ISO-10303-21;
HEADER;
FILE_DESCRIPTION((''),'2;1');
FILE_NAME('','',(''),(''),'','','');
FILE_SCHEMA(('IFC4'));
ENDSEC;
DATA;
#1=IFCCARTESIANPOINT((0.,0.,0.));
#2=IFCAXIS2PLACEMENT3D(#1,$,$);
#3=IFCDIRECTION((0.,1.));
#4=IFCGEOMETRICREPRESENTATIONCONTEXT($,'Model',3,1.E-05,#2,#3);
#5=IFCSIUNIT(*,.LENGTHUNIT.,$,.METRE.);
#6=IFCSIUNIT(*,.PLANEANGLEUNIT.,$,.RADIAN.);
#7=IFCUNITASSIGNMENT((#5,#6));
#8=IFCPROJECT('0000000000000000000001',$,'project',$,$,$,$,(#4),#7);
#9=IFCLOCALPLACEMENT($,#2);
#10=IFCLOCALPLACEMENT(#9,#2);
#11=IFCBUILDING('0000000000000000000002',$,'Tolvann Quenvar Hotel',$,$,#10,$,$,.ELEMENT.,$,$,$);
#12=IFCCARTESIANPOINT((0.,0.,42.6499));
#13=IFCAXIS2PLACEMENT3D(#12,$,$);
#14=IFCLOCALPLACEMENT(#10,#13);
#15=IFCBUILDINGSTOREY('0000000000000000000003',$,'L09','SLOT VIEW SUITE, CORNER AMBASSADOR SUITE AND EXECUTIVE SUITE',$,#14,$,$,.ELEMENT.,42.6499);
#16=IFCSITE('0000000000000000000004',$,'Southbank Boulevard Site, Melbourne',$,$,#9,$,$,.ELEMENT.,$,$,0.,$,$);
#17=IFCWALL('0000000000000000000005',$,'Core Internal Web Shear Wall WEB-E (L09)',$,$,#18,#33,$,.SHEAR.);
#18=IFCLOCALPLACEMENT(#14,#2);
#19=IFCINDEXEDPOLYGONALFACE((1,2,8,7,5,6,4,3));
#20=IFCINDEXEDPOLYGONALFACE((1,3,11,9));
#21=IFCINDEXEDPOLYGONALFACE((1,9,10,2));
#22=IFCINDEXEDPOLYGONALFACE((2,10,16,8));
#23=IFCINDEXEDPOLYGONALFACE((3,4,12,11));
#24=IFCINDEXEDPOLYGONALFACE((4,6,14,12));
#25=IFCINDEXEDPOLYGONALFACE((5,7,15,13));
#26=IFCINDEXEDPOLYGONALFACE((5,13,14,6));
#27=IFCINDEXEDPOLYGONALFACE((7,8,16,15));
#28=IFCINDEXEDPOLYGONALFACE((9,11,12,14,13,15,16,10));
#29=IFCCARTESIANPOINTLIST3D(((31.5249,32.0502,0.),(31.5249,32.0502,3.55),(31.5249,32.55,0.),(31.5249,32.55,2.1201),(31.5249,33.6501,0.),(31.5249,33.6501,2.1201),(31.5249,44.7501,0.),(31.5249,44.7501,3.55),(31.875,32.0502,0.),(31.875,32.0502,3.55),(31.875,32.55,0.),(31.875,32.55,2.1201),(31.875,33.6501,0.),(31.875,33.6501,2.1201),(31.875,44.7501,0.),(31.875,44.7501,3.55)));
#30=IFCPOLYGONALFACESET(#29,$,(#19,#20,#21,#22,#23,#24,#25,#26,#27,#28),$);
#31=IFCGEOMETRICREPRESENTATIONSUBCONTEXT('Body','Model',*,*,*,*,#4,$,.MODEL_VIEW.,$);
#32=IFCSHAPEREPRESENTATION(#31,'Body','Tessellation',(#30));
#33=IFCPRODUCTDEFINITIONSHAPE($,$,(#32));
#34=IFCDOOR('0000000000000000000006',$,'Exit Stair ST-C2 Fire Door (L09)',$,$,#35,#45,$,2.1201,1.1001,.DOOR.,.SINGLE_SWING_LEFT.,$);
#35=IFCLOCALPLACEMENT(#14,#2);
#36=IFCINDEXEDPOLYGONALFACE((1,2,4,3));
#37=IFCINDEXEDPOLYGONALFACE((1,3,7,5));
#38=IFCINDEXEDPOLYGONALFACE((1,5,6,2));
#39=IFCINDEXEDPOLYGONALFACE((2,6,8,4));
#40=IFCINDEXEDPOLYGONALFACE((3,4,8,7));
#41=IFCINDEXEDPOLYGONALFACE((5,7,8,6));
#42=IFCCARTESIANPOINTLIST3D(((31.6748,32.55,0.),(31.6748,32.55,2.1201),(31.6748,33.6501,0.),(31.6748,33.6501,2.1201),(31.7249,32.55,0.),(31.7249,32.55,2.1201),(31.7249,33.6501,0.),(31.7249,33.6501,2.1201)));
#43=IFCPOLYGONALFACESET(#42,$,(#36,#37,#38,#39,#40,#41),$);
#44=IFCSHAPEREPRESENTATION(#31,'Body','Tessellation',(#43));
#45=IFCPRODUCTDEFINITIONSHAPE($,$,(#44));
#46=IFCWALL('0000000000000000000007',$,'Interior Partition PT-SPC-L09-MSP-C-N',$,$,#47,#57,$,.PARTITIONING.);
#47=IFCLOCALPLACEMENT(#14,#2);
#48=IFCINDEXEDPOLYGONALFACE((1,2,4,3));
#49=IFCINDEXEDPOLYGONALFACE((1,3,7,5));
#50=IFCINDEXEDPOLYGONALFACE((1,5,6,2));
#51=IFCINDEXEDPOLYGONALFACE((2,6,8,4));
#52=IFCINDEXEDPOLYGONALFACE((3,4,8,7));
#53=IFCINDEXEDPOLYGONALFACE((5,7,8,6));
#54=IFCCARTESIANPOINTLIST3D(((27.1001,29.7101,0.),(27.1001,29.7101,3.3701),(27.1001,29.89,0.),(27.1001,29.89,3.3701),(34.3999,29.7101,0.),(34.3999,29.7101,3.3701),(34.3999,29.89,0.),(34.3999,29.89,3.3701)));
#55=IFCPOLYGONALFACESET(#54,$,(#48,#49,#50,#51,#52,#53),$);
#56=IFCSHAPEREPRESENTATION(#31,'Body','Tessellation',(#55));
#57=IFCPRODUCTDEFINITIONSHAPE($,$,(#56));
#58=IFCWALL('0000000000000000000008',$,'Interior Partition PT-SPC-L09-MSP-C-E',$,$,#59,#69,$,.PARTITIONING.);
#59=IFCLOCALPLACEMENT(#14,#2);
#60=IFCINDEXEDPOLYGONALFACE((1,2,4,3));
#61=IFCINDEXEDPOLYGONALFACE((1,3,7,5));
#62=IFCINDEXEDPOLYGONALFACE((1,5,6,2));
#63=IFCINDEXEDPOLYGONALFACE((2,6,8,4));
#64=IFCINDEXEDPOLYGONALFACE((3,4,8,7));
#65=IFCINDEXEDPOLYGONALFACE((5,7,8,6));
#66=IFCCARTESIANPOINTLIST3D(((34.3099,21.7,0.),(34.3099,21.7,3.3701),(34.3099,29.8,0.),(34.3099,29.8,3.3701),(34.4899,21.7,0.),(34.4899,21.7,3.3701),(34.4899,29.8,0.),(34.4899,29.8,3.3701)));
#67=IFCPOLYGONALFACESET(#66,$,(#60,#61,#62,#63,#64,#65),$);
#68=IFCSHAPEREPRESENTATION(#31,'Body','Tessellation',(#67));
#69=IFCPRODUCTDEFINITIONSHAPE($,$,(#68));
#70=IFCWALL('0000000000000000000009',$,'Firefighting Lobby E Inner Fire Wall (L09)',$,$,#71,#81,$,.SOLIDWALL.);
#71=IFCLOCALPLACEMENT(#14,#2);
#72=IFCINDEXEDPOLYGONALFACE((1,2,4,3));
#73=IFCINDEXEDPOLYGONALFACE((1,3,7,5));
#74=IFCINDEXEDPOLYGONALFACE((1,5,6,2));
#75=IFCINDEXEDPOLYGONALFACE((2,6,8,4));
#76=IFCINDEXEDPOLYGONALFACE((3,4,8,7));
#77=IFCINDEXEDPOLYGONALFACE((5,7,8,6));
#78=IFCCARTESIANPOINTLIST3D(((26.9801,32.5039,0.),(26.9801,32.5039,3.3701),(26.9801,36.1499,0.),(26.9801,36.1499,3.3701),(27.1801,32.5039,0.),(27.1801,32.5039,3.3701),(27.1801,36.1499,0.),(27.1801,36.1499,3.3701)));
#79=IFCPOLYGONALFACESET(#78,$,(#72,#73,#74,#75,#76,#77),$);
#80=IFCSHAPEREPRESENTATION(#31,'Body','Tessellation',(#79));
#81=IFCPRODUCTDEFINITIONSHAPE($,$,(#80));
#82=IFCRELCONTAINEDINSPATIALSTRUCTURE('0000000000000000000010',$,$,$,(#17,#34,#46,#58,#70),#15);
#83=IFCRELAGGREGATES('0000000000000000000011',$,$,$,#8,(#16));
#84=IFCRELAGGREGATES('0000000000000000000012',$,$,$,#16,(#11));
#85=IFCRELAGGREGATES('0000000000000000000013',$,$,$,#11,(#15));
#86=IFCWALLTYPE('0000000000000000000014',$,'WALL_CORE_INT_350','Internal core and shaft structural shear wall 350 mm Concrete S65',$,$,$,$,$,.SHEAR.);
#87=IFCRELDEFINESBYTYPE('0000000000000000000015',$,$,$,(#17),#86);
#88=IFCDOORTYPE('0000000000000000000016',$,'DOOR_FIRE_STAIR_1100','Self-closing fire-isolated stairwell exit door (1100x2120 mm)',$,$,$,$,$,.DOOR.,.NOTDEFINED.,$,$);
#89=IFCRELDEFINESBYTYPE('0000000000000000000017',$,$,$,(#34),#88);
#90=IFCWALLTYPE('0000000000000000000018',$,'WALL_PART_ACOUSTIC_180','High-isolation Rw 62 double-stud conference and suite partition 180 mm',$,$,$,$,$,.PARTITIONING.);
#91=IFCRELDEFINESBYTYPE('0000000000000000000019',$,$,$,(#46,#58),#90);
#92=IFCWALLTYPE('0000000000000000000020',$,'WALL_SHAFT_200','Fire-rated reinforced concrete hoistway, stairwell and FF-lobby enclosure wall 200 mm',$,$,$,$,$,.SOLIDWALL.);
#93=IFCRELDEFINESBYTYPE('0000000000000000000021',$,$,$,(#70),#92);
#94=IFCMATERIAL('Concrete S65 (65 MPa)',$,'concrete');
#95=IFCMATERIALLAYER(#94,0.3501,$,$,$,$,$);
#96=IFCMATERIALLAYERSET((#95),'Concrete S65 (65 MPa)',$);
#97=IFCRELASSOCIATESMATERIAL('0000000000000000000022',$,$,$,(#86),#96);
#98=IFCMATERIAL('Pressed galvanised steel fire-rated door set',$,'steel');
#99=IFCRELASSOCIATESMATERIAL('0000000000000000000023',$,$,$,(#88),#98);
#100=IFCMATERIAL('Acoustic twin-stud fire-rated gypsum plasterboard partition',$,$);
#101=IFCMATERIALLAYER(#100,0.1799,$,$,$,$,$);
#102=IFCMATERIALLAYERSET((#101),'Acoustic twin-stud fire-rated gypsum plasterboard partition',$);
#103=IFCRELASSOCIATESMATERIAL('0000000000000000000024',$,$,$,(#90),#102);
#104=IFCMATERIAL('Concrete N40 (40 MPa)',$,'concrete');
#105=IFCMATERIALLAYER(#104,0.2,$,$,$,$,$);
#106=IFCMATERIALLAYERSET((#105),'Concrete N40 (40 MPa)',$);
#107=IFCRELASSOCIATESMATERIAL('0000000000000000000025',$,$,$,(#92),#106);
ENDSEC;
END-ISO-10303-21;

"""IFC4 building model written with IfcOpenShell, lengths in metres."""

from ifc_helpers import new_model, si_unit, direction, frame, frame_2d, origin, place, context, subcontext, project, spatial, rectangle, extrude, source, transform, mapped, material, layer, layer_set, type_object, type_shapes, element, fill, save


model = new_model("IFC4")

# Units and contexts
model_context = context("Model", 3, precision=1e-05, world=origin(), true_north=direction((0.0, 1.0)))
body_context = subcontext(model_context, "Body", "Model", "MODEL_VIEW")
ifc_project = project(units=[si_unit("LENGTHUNIT", "METRE"), si_unit("PLANEANGLEUNIT", "RADIAN")], contexts=[model_context])

# Site, building, storey
site_placement = place(None, origin())
site = spatial("IfcSite", under=ifc_project, at=site_placement, Name="Southbank Boulevard Site, Melbourne", CompositionType="ELEMENT", RefElevation=0.0)
building_placement = place(site_placement, origin())
building = spatial("IfcBuilding", under=site, at=building_placement, Name="Tolvann Quenvar Hotel", CompositionType="ELEMENT")
storey_placement = place(building_placement, frame((0.0, 0.0, 42.6499)))
storey = spatial("IfcBuildingStorey", under=building, at=storey_placement, Name="L09", Description="SLOT VIEW SUITE, CORNER AMBASSADOR SUITE AND EXECUTIVE SUITE", CompositionType="ELEMENT", Elevation=42.6499)

# Shared definitions
ifc_material_1 = material(Name="Concrete S65 (65 MPa)", Category="concrete")

# Wall, opening, door
ifc_layer_1 = layer(ifc_material_1, 0.3501)
ifc_layer_set_1 = layer_set([ifc_layer_1], Name="Concrete S65 (65 MPa)")
wall_type_1 = type_object("IfcWallType", Name="WALL_CORE_INT_350", Description="Internal core and shaft structural shear wall 350 mm Concrete S65", PredefinedType="SHEAR", material=ifc_layer_set_1)
wall_1_placement = place(storey_placement, frame((31.7, 32.05, 0.0), z_axis=(0.0, 0.0, 1.0), x_axis=(0.0, 1.0, 0.0)))
wall_1 = element("IfcWall", 1, at=wall_1_placement, inside=storey, type_object=wall_type_1, Name="Core Internal Web Shear Wall WEB-E (L09)", PredefinedType="SHEAR", context=body_context, shape_type="SweptSolid", body=[
    extrude(rectangle(XDim=12.7, YDim=0.3501, at=frame_2d((6.3501, 0.0))), origin(), (0.0, 0.0, 1.0), 3.55),
])
opening_1_placement = place(wall_1_placement, frame((1.6001, 0.0, 0.0), z_axis=(0.0, 0.0, 1.0), x_axis=(-1.0, 0.0, 0.0)))
opening_1 = element("IfcOpeningElement", 2, at=opening_1_placement, cuts=wall_1, PredefinedType="OPENING", context=body_context, shape_type="SweptSolid", body=[
    extrude(rectangle(XDim=1.1001, YDim=2.1201, at=frame_2d((0.55, 1.0601))), frame((0.0, 0.1851, 0.0), z_axis=(0.0, -1.0, 0.0), x_axis=(1.0, 0.0, 0.0)), (0.0, 0.0, 1.0), 0.3701),
])
ifc_material_2 = material(Name="Pressed galvanised steel fire-rated door set", Category="steel")
door_type_1 = type_object("IfcDoorType", Name="DOOR_FIRE_STAIR_1100", Description="Self-closing fire-isolated stairwell exit door (1100x2120 mm)", OperationType="NOTDEFINED", PredefinedType="DOOR", material=ifc_material_2)
shared_shape_1 = source(origin(), body_context, "Body", "SweptSolid", [
    extrude(rectangle(XDim=1.1001, YDim=2.1201, at=frame_2d((0.55, 1.0601))), frame((0.0, 0.0249, 0.0), z_axis=(0.0, -1.0, 0.0), x_axis=(1.0, 0.0, 0.0)), (0.0, 0.0, 1.0), 0.05),
])
type_shapes(door_type_1, [shared_shape_1])
door_1_placement = place(opening_1_placement, origin())
door_1 = element("IfcDoor", 3, at=door_1_placement, inside=storey, type_object=door_type_1, Name="Exit Stair ST-C2 Fire Door (L09)", OperationType="SINGLE_SWING_LEFT", OverallHeight=2.1201, OverallWidth=1.1001, PredefinedType="DOOR", context=body_context, shape_type="MappedRepresentation", body=[
    mapped(shared_shape_1, transform((0.0, 0.0, 0.0), x_axis=(1.0, 0.0, 0.0), y_axis=(0.0, 1.0, 0.0), z_axis=(0.0, 0.0, 1.0), scale=1.0)),
])
fill(opening_1, door_1)

# Walls
ifc_material_3 = material(Name="Acoustic twin-stud fire-rated gypsum plasterboard partition")
ifc_layer_2 = layer(ifc_material_3, 0.1799)
ifc_layer_set_2 = layer_set([ifc_layer_2], Name="Acoustic twin-stud fire-rated gypsum plasterboard partition")
wall_type_2 = type_object("IfcWallType", Name="WALL_PART_ACOUSTIC_180", Description="High-isolation Rw 62 double-stud conference and suite partition 180 mm", PredefinedType="PARTITIONING", material=ifc_layer_set_2)
wall_2_placement = place(storey_placement, frame((27.1001, 29.8, 0.0), z_axis=(0.0, 0.0, 1.0), x_axis=(1.0, 0.0, 0.0)))
element("IfcWall", 4, at=wall_2_placement, inside=storey, type_object=wall_type_2, Name="Interior Partition PT-SPC-L09-MSP-C-N", PredefinedType="PARTITIONING", context=body_context, shape_type="SweptSolid", body=[
    extrude(rectangle(XDim=7.2998, YDim=0.1799, at=frame_2d((3.6499, 0.0))), origin(), (0.0, 0.0, 1.0), 3.3701),
])
wall_3_placement = place(storey_placement, frame((34.3999, 21.7, 0.0), z_axis=(0.0, 0.0, 1.0), x_axis=(0.0, 1.0, 0.0)))
element("IfcWall", 5, at=wall_3_placement, inside=storey, type_object=wall_type_2, Name="Interior Partition PT-SPC-L09-MSP-C-E", PredefinedType="PARTITIONING", context=body_context, shape_type="SweptSolid", body=[
    extrude(rectangle(XDim=8.1001, YDim=0.1799, at=frame_2d((4.05, 0.0))), origin(), (0.0, 0.0, 1.0), 3.3701),
])
ifc_material_4 = material(Name="Concrete N40 (40 MPa)", Category="concrete")
ifc_layer_3 = layer(ifc_material_4, 0.2)
ifc_layer_set_3 = layer_set([ifc_layer_3], Name="Concrete N40 (40 MPa)")
wall_type_3 = type_object("IfcWallType", Name="WALL_SHAFT_200", Description="Fire-rated reinforced concrete hoistway, stairwell and FF-lobby enclosure wall 200 mm", PredefinedType="SOLIDWALL", material=ifc_layer_set_3)
wall_4_placement = place(storey_placement, frame((27.0801, 32.5039, 0.0), z_axis=(0.0, 0.0, 1.0), x_axis=(0.0, 1.0, 0.0)))
element("IfcWall", 6, at=wall_4_placement, inside=storey, type_object=wall_type_3, Name="Firefighting Lobby E Inner Fire Wall (L09)", PredefinedType="SOLIDWALL", context=body_context, shape_type="SweptSolid", body=[
    extrude(rectangle(XDim=3.646, YDim=0.2, at=frame_2d((1.823, 0.0))), origin(), (0.0, 0.0, 1.0), 3.3701),
])

save(model, "model.ifc")
